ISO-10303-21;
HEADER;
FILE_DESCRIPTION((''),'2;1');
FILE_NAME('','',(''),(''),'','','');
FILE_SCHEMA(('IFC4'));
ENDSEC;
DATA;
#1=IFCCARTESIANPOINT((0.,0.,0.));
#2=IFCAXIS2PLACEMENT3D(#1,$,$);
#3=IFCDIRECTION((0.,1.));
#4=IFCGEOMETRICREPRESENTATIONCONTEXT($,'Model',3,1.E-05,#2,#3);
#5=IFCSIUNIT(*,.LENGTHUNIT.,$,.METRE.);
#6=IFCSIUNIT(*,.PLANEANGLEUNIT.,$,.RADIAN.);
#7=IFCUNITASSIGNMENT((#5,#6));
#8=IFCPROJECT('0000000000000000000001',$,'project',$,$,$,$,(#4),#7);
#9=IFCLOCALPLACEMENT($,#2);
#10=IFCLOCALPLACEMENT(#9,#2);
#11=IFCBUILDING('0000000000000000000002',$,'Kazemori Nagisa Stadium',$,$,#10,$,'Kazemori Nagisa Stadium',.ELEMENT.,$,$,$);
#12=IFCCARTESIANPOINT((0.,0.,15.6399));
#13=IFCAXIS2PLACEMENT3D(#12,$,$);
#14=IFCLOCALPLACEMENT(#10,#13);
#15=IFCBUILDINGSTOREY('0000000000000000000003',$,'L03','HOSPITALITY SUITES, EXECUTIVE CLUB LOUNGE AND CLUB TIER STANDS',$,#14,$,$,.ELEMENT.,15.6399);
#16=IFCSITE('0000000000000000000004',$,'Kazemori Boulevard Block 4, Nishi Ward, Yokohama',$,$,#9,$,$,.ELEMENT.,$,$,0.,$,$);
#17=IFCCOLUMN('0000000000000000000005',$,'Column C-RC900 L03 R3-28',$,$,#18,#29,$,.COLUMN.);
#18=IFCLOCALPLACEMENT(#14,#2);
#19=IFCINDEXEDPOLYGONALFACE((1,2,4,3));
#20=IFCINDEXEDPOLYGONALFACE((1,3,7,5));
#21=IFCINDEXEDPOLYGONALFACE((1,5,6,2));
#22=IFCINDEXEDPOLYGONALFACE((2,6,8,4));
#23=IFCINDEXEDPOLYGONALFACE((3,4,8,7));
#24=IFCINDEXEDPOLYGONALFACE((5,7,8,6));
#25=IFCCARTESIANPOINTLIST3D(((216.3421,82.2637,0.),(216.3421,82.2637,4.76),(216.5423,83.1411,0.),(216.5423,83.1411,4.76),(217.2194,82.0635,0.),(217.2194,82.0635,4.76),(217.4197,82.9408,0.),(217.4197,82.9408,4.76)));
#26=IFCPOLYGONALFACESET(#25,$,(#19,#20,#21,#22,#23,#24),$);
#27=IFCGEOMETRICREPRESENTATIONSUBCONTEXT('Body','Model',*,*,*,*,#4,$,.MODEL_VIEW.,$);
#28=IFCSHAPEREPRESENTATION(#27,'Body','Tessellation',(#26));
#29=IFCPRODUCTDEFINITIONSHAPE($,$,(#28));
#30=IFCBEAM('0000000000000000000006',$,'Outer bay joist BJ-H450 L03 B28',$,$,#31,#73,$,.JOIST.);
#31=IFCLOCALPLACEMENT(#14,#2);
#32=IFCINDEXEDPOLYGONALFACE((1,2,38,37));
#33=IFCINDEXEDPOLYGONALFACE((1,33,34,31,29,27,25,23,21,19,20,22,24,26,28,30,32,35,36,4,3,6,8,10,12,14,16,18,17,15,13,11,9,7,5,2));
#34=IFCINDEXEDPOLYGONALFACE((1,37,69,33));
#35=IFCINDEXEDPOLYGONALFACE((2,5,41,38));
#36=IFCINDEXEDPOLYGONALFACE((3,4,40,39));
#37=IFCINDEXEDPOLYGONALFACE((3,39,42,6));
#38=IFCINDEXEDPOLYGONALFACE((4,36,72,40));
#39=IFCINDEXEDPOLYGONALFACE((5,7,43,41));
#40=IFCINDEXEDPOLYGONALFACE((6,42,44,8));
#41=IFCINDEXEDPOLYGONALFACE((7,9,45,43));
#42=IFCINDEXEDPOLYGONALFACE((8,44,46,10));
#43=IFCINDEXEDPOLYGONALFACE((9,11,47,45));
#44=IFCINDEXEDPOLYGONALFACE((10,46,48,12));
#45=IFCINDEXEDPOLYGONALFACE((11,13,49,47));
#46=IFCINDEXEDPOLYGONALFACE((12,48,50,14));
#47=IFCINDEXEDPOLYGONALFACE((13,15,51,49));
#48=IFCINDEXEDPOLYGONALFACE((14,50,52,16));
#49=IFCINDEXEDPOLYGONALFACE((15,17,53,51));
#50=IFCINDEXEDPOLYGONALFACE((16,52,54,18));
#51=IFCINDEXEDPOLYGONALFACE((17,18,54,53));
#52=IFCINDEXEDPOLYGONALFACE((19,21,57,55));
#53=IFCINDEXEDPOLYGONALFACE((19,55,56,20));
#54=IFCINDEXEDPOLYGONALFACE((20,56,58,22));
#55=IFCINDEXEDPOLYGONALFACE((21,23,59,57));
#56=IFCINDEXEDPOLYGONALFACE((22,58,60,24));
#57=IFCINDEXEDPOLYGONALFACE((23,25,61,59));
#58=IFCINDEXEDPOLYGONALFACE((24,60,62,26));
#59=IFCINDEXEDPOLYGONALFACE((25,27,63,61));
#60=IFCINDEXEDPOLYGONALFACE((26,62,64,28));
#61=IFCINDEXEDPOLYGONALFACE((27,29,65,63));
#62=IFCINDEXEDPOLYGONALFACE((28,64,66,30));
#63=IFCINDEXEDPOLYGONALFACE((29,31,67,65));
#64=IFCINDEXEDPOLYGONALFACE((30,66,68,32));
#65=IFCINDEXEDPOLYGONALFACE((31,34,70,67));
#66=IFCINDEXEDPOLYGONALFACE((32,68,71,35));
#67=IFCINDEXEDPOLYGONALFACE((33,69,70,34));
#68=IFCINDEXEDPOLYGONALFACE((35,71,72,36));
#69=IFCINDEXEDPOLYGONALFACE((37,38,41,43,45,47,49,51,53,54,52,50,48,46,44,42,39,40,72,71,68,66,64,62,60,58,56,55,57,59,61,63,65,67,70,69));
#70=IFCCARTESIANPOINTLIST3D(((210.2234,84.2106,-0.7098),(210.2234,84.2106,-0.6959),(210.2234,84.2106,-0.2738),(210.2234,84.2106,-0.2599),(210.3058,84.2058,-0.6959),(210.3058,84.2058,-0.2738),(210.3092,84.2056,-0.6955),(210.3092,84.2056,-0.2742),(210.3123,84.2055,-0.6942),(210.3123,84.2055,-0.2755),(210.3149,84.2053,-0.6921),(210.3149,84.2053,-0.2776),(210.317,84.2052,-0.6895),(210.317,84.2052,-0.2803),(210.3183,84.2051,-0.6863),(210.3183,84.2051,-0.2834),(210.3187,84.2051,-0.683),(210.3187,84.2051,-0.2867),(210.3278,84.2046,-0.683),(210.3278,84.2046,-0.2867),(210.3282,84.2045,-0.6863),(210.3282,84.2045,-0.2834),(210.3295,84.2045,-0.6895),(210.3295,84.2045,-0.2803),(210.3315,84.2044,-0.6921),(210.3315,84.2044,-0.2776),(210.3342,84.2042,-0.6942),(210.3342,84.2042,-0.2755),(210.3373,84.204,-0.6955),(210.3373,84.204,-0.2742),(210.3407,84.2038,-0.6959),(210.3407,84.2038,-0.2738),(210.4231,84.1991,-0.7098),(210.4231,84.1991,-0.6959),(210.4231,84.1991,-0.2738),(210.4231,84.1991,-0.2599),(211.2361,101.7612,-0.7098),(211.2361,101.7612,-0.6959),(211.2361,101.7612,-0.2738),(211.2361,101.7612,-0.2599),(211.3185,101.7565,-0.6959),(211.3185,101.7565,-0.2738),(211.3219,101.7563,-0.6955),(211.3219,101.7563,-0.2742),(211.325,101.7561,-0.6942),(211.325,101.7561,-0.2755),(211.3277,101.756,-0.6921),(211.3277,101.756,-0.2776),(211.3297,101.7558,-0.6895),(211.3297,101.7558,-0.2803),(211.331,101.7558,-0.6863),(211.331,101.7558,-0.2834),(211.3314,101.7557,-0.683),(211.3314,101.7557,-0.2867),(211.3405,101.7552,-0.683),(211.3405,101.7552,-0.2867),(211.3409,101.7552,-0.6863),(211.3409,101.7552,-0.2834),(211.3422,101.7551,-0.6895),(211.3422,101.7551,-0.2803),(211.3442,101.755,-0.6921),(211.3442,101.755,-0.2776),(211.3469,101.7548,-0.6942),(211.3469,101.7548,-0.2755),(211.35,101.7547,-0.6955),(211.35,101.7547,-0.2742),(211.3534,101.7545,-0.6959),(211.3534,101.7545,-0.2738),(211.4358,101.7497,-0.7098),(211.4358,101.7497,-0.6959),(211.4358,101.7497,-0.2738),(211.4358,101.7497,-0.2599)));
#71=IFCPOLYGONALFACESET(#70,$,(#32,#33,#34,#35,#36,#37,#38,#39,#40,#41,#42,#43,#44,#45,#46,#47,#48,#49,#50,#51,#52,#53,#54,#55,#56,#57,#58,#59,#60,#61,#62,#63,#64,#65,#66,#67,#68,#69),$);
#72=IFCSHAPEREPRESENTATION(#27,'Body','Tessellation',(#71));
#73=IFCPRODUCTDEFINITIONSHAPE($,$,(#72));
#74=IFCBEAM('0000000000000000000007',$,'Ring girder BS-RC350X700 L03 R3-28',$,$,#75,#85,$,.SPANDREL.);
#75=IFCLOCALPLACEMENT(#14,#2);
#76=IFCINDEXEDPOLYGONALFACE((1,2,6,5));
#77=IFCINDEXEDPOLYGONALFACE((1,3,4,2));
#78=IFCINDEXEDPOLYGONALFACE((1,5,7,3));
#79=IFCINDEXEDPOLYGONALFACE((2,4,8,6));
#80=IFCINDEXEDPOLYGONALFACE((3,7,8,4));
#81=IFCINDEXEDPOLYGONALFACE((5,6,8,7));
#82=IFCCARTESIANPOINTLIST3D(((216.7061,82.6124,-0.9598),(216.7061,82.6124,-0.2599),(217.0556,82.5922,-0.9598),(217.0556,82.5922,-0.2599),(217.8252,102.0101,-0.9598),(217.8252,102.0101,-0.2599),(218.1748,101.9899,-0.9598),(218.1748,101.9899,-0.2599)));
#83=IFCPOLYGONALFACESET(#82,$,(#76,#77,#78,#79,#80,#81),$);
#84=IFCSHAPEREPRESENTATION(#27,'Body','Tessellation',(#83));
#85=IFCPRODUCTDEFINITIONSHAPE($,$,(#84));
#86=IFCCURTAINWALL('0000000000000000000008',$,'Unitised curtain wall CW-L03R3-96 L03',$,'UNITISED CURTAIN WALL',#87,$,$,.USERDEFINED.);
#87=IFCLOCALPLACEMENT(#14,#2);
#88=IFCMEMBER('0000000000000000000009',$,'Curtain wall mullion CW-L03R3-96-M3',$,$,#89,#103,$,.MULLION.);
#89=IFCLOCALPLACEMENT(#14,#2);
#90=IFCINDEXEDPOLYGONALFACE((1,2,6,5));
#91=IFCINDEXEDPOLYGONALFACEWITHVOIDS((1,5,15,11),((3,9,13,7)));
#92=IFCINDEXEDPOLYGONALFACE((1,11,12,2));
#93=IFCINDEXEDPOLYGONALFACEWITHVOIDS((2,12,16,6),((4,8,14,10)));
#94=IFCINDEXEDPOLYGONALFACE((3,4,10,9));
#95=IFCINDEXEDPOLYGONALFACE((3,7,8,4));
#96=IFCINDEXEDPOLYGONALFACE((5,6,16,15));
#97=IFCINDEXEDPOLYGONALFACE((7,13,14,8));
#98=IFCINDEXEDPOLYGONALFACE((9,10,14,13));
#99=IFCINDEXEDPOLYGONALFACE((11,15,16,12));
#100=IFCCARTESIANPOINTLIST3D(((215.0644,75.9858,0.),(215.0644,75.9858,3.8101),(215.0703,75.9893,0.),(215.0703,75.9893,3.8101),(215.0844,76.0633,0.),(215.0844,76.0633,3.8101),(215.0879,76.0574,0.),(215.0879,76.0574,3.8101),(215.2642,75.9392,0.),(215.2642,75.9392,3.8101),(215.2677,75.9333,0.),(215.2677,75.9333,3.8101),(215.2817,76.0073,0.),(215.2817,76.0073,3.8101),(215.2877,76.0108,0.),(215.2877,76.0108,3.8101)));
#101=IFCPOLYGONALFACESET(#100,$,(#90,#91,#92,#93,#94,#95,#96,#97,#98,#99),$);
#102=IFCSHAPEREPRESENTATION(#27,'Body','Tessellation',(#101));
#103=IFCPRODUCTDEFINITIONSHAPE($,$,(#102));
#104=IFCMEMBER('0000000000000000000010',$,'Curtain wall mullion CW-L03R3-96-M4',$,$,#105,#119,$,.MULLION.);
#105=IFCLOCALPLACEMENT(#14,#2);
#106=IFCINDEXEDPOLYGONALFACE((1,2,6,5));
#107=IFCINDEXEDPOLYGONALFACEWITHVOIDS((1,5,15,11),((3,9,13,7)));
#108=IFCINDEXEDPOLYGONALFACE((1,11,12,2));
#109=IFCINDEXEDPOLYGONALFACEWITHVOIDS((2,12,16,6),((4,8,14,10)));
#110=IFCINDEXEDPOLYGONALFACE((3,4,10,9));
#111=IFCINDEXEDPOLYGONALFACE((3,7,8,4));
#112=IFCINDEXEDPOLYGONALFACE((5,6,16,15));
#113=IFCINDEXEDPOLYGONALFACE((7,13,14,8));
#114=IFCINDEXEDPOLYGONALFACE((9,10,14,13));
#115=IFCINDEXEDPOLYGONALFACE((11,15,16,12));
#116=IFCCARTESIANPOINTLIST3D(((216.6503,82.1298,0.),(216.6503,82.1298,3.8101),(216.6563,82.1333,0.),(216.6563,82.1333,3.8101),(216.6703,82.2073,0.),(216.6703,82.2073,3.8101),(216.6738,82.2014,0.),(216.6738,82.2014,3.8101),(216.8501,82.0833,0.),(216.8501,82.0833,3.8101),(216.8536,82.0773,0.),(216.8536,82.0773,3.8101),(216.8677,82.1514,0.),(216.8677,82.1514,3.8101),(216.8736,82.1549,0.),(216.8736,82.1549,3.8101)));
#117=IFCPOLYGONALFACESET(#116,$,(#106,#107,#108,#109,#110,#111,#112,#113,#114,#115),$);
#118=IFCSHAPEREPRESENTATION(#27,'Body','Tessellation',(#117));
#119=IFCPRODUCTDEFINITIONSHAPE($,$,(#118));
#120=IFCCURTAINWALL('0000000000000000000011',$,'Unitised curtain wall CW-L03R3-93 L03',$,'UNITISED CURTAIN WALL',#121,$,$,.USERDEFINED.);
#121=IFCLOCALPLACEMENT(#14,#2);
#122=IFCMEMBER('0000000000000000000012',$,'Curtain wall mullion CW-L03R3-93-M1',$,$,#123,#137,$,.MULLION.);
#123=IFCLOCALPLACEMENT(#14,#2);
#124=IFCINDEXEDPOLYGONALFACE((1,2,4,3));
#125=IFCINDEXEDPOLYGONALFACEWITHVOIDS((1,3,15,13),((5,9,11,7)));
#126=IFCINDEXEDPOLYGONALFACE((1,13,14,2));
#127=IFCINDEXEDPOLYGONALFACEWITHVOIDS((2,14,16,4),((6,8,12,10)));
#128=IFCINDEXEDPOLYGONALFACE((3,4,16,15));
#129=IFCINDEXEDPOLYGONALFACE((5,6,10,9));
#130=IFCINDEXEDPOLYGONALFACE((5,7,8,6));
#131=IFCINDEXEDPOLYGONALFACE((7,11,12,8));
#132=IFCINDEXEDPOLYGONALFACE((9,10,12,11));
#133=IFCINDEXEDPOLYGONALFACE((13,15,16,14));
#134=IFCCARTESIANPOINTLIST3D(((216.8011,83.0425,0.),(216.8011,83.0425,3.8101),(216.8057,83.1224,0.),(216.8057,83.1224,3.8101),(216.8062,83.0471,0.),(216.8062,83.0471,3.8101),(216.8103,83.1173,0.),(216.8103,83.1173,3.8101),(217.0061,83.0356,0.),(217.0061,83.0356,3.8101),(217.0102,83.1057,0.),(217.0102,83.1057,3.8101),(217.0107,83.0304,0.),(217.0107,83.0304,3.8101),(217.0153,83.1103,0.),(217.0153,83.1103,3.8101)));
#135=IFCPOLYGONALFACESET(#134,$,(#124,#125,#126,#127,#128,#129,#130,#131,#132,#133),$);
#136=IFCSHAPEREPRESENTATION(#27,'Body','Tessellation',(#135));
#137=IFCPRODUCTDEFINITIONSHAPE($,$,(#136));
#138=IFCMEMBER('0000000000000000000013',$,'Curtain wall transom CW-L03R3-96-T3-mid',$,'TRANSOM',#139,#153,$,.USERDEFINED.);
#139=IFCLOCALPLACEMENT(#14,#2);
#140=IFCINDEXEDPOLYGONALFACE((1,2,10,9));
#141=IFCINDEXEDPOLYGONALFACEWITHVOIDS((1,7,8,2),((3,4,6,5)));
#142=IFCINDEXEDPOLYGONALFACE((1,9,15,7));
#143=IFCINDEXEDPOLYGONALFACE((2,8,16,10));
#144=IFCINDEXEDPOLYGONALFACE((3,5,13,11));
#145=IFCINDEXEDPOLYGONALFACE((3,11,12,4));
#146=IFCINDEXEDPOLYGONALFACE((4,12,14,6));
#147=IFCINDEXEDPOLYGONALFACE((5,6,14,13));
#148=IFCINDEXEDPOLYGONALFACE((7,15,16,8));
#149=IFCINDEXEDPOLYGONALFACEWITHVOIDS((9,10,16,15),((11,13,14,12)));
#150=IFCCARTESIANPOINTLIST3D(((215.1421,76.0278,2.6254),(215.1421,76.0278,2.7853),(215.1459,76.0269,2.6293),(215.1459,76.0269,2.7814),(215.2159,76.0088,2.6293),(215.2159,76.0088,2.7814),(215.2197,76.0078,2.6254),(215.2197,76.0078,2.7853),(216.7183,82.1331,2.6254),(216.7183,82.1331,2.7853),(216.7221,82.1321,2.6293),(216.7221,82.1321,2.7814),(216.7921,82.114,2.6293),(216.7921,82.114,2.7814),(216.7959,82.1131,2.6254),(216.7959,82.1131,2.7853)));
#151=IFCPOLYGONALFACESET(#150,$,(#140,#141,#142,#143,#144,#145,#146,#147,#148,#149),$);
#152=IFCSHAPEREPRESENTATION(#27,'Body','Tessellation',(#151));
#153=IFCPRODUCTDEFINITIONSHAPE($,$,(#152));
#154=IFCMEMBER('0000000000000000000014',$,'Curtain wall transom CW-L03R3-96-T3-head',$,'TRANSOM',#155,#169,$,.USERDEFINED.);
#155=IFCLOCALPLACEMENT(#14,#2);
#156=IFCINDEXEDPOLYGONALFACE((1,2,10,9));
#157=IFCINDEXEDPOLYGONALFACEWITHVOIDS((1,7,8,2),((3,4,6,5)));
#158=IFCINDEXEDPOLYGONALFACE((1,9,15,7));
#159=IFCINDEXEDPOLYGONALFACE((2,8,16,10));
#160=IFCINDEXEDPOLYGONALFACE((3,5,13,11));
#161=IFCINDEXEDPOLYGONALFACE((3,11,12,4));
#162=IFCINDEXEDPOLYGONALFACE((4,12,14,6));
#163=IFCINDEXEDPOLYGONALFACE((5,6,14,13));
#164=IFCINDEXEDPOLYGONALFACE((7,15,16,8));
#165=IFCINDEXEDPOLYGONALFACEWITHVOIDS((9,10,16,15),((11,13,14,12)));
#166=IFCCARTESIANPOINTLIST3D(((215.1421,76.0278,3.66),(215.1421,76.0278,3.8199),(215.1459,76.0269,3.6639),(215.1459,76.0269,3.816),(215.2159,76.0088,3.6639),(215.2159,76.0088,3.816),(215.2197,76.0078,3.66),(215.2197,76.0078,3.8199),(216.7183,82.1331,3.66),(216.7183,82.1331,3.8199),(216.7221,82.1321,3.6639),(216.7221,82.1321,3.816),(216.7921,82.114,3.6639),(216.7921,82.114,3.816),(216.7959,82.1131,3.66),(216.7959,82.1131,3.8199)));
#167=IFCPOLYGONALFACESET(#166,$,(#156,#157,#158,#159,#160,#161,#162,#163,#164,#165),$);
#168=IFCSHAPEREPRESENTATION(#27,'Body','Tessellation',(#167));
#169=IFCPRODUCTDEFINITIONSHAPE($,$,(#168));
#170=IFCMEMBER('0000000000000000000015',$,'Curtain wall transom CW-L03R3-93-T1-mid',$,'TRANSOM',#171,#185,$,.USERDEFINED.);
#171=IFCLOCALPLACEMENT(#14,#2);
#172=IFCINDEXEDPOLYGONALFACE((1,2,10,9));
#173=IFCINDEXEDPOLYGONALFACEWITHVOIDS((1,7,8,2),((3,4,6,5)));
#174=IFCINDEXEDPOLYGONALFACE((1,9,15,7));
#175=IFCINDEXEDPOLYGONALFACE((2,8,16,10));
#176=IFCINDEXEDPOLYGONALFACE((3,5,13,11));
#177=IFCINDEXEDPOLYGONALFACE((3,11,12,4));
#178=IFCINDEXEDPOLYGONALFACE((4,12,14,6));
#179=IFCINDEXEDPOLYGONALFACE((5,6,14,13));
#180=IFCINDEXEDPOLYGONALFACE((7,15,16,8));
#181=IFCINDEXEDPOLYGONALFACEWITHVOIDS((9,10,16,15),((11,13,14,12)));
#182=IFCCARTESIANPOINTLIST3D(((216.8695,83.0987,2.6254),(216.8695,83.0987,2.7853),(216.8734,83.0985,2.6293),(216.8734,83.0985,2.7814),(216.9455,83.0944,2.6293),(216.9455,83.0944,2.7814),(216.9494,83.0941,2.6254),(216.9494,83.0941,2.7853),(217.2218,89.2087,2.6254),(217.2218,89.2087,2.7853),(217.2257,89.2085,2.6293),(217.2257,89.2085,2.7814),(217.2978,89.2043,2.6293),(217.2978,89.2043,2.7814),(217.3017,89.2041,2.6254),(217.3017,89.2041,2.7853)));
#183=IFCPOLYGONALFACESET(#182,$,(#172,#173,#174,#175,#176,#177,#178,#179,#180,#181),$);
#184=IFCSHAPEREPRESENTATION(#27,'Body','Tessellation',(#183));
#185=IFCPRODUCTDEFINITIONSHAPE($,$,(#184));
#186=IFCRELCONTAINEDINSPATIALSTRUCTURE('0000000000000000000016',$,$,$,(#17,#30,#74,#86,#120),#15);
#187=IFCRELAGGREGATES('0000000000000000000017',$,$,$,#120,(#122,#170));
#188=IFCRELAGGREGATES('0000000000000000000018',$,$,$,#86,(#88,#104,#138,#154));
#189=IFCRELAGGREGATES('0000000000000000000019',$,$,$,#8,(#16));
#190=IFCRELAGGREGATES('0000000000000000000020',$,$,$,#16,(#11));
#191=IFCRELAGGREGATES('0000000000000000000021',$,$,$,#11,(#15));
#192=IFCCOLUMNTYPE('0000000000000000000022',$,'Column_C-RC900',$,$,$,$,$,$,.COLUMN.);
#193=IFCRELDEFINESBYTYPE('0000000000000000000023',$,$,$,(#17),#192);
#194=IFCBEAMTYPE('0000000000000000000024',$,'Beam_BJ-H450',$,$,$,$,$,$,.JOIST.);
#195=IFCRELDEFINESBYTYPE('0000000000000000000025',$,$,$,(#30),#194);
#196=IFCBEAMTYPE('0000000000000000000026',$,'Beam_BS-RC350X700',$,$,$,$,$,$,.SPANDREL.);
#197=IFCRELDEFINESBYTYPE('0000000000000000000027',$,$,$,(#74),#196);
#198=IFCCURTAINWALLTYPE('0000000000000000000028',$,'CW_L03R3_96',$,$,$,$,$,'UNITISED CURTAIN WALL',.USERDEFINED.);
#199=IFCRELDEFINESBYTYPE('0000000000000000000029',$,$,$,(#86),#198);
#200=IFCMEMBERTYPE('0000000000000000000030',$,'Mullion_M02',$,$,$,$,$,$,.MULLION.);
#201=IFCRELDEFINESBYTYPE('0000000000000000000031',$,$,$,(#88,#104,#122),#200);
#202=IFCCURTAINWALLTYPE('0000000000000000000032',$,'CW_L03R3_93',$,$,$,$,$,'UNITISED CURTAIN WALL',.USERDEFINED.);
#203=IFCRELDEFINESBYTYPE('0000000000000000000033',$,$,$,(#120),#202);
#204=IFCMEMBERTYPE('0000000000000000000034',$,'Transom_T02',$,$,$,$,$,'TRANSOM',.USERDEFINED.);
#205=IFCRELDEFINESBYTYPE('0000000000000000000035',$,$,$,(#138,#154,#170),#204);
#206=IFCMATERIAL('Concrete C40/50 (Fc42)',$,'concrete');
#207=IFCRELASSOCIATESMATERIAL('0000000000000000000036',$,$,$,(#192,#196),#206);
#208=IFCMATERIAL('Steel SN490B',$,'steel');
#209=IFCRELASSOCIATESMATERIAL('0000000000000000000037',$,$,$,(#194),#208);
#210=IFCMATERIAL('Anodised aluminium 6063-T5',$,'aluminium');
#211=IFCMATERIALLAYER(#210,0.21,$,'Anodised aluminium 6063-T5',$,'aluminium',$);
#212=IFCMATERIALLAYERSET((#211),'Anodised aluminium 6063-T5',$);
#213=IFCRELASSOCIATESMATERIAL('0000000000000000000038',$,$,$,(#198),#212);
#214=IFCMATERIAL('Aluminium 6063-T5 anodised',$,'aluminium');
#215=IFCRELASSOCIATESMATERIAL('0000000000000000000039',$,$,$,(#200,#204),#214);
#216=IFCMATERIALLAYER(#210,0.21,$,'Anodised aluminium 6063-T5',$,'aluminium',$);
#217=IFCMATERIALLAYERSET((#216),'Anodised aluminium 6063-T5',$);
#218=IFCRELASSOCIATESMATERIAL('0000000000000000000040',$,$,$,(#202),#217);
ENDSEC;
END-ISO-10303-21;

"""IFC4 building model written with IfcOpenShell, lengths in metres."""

from ifc_helpers import new_model, si_unit, direction, frame, origin, origin_2d, place, context, subcontext, project, spatial, rectangle, hollow_rectangle, i_section, extrude, material, layer, layer_set, material_profile, profile_set, type_object, element, aggregate, save


model = new_model("IFC4")

# Units and contexts
model_context = context("Model", 3, precision=1e-05, world=origin(), true_north=direction((0.0, 1.0)))
body_context = subcontext(model_context, "Body", "Model", "MODEL_VIEW")
ifc_project = project(units=[si_unit("LENGTHUNIT", "METRE"), si_unit("PLANEANGLEUNIT", "RADIAN")], contexts=[model_context])

# Site, building, storey
site_placement = place(None, origin())
site = spatial("IfcSite", under=ifc_project, at=site_placement, Name="Kazemori Boulevard Block 4, Nishi Ward, Yokohama", CompositionType="ELEMENT", RefElevation=0.0)
building_placement = place(site_placement, origin())
building = spatial("IfcBuilding", under=site, at=building_placement, Name="Kazemori Nagisa Stadium", LongName="Kazemori Nagisa Stadium", CompositionType="ELEMENT")
storey_placement = place(building_placement, frame((0.0, 0.0, 15.6399)))
storey = spatial("IfcBuildingStorey", under=building, at=storey_placement, Name="L03", Description="HOSPITALITY SUITES, EXECUTIVE CLUB LOUNGE AND CLUB TIER STANDS", CompositionType="ELEMENT", Elevation=15.6399)

# Column
ifc_material_1 = material(Name="Concrete C40/50 (Fc42)", Category="concrete")
ifc_material_profile_1 = material_profile(ifc_material_1, rectangle(XDim=0.8999, YDim=0.8999, at=origin_2d()), Name="RC-COL-900x900")
ifc_profile_set_1 = profile_set([ifc_material_profile_1], Name="Concrete C40/50 (Fc42)")
column_type = type_object("IfcColumnType", Name="Column_C-RC900", PredefinedType="COLUMN", material=ifc_profile_set_1)
column_placement = place(storey_placement, frame((216.8809, 82.6023, 0.0), z_axis=(0.0, 0.0, 1.0), x_axis=(0.974928, -0.222521, 0.0)))
element("IfcColumn", 1, at=column_placement, inside=storey, type_object=column_type, Name="Column C-RC900 L03 R3-28", PredefinedType="COLUMN", context=body_context, shape_type="SweptSolid", body=[
    extrude(rectangle(XDim=0.8999, YDim=0.8999, at=origin_2d()), origin(), (0.0, 0.0, 1.0), 4.76),
])

# Beams
ifc_material_2 = material(Name="Steel SN490B", Category="steel")
ifc_material_profile_2 = material_profile(ifc_material_2, i_section(OverallWidth=0.2, OverallDepth=0.45, WebThickness=0.009, FlangeThickness=0.0139, FilletRadius=0.0129, at=origin_2d()), Name="H-450x200x9x14")
ifc_profile_set_2 = profile_set([ifc_material_profile_2], Name="Steel SN490B")
beam_type_1 = type_object("IfcBeamType", Name="Beam_BJ-H450", PredefinedType="JOIST", material=ifc_profile_set_2)
beam_1_placement = place(storey_placement, frame((210.3232, 84.2048, -0.4849), z_axis=(0.057606, 0.998339, 0.0), x_axis=(-0.998339, 0.057606, 0.0)))
element("IfcBeam", 2, at=beam_1_placement, inside=storey, type_object=beam_type_1, Name="Outer bay joist BJ-H450 L03 B28", PredefinedType="JOIST", context=body_context, shape_type="SweptSolid", body=[
    extrude(i_section(OverallWidth=0.2, OverallDepth=0.45, WebThickness=0.009, FlangeThickness=0.0139, FilletRadius=0.0129, at=origin_2d()), origin(), (0.0, 0.0, 1.0), 17.5798),
])
ifc_material_profile_3 = material_profile(ifc_material_1, rectangle(XDim=0.3501, YDim=0.7, at=origin_2d()), Name="RC-SP-350x700")
ifc_profile_set_3 = profile_set([ifc_material_profile_3], Name="Concrete C40/50 (Fc42)")
beam_type_2 = type_object("IfcBeamType", Name="Beam_BS-RC350X700", PredefinedType="SPANDREL", material=ifc_profile_set_3)
beam_2_placement = place(storey_placement, frame((216.8809, 82.6023, -0.6099), z_axis=(0.057599, 0.99834, 0.0), x_axis=(-0.99834, 0.057599, 0.0)))
element("IfcBeam", 3, at=beam_2_placement, inside=storey, type_object=beam_type_2, Name="Ring girder BS-RC350X700 L03 R3-28", PredefinedType="SPANDREL", context=body_context, shape_type="SweptSolid", body=[
    extrude(rectangle(XDim=0.3501, YDim=0.7, at=origin_2d()), origin(), (0.0, 0.0, 1.0), 19.4299),
])

# Curtain wall, members
ifc_material_3 = material(Name="Anodised aluminium 6063-T5", Category="aluminium")
ifc_layer_1 = layer(ifc_material_3, 0.21, Name="Anodised aluminium 6063-T5", Category="aluminium")
ifc_layer_set_1 = layer_set([ifc_layer_1], Name="Anodised aluminium 6063-T5")
curtain_wall_type_1 = type_object("IfcCurtainWallType", Name="CW_L03R3_96", ElementType="UNITISED CURTAIN WALL", PredefinedType="USERDEFINED", material=ifc_layer_set_1)
curtain_wall_1_placement = place(storey_placement, origin())
curtain_wall_1 = element("IfcCurtainWall", 4, at=curtain_wall_1_placement, inside=storey, type_object=curtain_wall_type_1, Name="Unitised curtain wall CW-L03R3-96 L03", ObjectType="UNITISED CURTAIN WALL", PredefinedType="USERDEFINED")
ifc_material_4 = material(Name="Aluminium 6063-T5 anodised", Category="aluminium")
ifc_material_profile_4 = material_profile(ifc_material_4, hollow_rectangle(XDim=0.0801, YDim=0.21, WallThickness=0.0049, at=origin_2d()), Name="ALU-MULL-80x210x5")
ifc_profile_set_4 = profile_set([ifc_material_profile_4], Name="Aluminium 6063-T5 anodised")
member_type_1 = type_object("IfcMemberType", Name="Mullion_M02", PredefinedType="MULLION", material=ifc_profile_set_4)
member_1_placement = place(storey_placement, frame((215.176, 75.9983, 0.0), z_axis=(0.0, 0.0, 1.0), x_axis=(0.249965, 0.968255, 0.0)))
member_1 = element("IfcMember", 5, at=member_1_placement, type_object=member_type_1, Name="Curtain wall mullion CW-L03R3-96-M3", PredefinedType="MULLION", context=body_context, shape_type="SweptSolid", body=[
    extrude(hollow_rectangle(XDim=0.0801, YDim=0.21, WallThickness=0.0049, at=origin_2d()), origin(), (0.0, 0.0, 1.0), 3.8101),
])
member_2_placement = place(storey_placement, frame((216.762, 82.1423, 0.0), z_axis=(0.0, 0.0, 1.0), x_axis=(0.249965, 0.968255, 0.0)))
member_2 = element("IfcMember", 6, at=member_2_placement, type_object=member_type_1, Name="Curtain wall mullion CW-L03R3-96-M4", PredefinedType="MULLION", context=body_context, shape_type="SweptSolid", body=[
    extrude(hollow_rectangle(XDim=0.0801, YDim=0.21, WallThickness=0.0049, at=origin_2d()), origin(), (0.0, 0.0, 1.0), 3.8101),
])

# Curtain wall, member
ifc_layer_2 = layer(ifc_material_3, 0.21, Name="Anodised aluminium 6063-T5", Category="aluminium")
ifc_layer_set_2 = layer_set([ifc_layer_2], Name="Anodised aluminium 6063-T5")
curtain_wall_type_2 = type_object("IfcCurtainWallType", Name="CW_L03R3_93", ElementType="UNITISED CURTAIN WALL", PredefinedType="USERDEFINED", material=ifc_layer_set_2)
curtain_wall_2_placement = place(storey_placement, origin())
curtain_wall_2 = element("IfcCurtainWall", 7, at=curtain_wall_2_placement, inside=storey, type_object=curtain_wall_type_2, Name="Unitised curtain wall CW-L03R3-93 L03", ObjectType="UNITISED CURTAIN WALL", PredefinedType="USERDEFINED")
member_3_placement = place(storey_placement, frame((216.9082, 83.0764, 0.0), z_axis=(0.0, 0.0, 1.0), x_axis=(0.057602, 0.99834, 0.0)))
member_3 = element("IfcMember", 8, at=member_3_placement, type_object=member_type_1, Name="Curtain wall mullion CW-L03R3-93-M1", PredefinedType="MULLION", context=body_context, shape_type="SweptSolid", body=[
    extrude(hollow_rectangle(XDim=0.0801, YDim=0.21, WallThickness=0.0049, at=origin_2d()), origin(), (0.0, 0.0, 1.0), 3.8101),
])

# Members
ifc_material_profile_5 = material_profile(ifc_material_4, hollow_rectangle(XDim=0.0801, YDim=0.1599, WallThickness=0.0039, at=origin_2d()), Name="ALU-TRAN-80x160x4")
ifc_profile_set_5 = profile_set([ifc_material_profile_5], Name="Aluminium 6063-T5 anodised")
member_type_2 = type_object("IfcMemberType", Name="Transom_T02", ElementType="TRANSOM", PredefinedType="USERDEFINED", material=ifc_profile_set_5)
member_4_placement = place(storey_placement, frame((215.1809, 76.0178, 2.7053), z_axis=(0.249972, 0.968253, 0.0), x_axis=(-0.968253, 0.249972, 0.0)))
member_4 = element("IfcMember", 9, at=member_4_placement, type_object=member_type_2, Name="Curtain wall transom CW-L03R3-96-T3-mid", ObjectType="TRANSOM", PredefinedType="USERDEFINED", context=body_context, shape_type="SweptSolid", body=[
    extrude(hollow_rectangle(XDim=0.0801, YDim=0.1599, WallThickness=0.0039, at=origin_2d()), origin(), (0.0, 0.0, 1.0), 6.3054),
])
member_5_placement = place(storey_placement, frame((215.1809, 76.0178, 3.74), z_axis=(0.249972, 0.968253, 0.0), x_axis=(-0.968253, 0.249972, 0.0)))
member_5 = element("IfcMember", 10, at=member_5_placement, type_object=member_type_2, Name="Curtain wall transom CW-L03R3-96-T3-head", ObjectType="TRANSOM", PredefinedType="USERDEFINED", context=body_context, shape_type="SweptSolid", body=[
    extrude(hollow_rectangle(XDim=0.0801, YDim=0.1599, WallThickness=0.0039, at=origin_2d()), origin(), (0.0, 0.0, 1.0), 6.3054),
])
member_6_placement = place(storey_placement, frame((216.9094, 83.0964, 2.7053), z_axis=(0.057564, 0.998342, 0.0), x_axis=(-0.998342, 0.057564, 0.0)))
member_6 = element("IfcMember", 11, at=member_6_placement, type_object=member_type_2, Name="Curtain wall transom CW-L03R3-93-T1-mid", ObjectType="TRANSOM", PredefinedType="USERDEFINED", context=body_context, shape_type="SweptSolid", body=[
    extrude(hollow_rectangle(XDim=0.0801, YDim=0.1599, WallThickness=0.0039, at=origin_2d()), origin(), (0.0, 0.0, 1.0), 6.1201),
])

aggregate(curtain_wall_2, [member_3, member_6])
aggregate(curtain_wall_1, [member_1, member_2, member_4, member_5])

save(model, "model.ifc")
